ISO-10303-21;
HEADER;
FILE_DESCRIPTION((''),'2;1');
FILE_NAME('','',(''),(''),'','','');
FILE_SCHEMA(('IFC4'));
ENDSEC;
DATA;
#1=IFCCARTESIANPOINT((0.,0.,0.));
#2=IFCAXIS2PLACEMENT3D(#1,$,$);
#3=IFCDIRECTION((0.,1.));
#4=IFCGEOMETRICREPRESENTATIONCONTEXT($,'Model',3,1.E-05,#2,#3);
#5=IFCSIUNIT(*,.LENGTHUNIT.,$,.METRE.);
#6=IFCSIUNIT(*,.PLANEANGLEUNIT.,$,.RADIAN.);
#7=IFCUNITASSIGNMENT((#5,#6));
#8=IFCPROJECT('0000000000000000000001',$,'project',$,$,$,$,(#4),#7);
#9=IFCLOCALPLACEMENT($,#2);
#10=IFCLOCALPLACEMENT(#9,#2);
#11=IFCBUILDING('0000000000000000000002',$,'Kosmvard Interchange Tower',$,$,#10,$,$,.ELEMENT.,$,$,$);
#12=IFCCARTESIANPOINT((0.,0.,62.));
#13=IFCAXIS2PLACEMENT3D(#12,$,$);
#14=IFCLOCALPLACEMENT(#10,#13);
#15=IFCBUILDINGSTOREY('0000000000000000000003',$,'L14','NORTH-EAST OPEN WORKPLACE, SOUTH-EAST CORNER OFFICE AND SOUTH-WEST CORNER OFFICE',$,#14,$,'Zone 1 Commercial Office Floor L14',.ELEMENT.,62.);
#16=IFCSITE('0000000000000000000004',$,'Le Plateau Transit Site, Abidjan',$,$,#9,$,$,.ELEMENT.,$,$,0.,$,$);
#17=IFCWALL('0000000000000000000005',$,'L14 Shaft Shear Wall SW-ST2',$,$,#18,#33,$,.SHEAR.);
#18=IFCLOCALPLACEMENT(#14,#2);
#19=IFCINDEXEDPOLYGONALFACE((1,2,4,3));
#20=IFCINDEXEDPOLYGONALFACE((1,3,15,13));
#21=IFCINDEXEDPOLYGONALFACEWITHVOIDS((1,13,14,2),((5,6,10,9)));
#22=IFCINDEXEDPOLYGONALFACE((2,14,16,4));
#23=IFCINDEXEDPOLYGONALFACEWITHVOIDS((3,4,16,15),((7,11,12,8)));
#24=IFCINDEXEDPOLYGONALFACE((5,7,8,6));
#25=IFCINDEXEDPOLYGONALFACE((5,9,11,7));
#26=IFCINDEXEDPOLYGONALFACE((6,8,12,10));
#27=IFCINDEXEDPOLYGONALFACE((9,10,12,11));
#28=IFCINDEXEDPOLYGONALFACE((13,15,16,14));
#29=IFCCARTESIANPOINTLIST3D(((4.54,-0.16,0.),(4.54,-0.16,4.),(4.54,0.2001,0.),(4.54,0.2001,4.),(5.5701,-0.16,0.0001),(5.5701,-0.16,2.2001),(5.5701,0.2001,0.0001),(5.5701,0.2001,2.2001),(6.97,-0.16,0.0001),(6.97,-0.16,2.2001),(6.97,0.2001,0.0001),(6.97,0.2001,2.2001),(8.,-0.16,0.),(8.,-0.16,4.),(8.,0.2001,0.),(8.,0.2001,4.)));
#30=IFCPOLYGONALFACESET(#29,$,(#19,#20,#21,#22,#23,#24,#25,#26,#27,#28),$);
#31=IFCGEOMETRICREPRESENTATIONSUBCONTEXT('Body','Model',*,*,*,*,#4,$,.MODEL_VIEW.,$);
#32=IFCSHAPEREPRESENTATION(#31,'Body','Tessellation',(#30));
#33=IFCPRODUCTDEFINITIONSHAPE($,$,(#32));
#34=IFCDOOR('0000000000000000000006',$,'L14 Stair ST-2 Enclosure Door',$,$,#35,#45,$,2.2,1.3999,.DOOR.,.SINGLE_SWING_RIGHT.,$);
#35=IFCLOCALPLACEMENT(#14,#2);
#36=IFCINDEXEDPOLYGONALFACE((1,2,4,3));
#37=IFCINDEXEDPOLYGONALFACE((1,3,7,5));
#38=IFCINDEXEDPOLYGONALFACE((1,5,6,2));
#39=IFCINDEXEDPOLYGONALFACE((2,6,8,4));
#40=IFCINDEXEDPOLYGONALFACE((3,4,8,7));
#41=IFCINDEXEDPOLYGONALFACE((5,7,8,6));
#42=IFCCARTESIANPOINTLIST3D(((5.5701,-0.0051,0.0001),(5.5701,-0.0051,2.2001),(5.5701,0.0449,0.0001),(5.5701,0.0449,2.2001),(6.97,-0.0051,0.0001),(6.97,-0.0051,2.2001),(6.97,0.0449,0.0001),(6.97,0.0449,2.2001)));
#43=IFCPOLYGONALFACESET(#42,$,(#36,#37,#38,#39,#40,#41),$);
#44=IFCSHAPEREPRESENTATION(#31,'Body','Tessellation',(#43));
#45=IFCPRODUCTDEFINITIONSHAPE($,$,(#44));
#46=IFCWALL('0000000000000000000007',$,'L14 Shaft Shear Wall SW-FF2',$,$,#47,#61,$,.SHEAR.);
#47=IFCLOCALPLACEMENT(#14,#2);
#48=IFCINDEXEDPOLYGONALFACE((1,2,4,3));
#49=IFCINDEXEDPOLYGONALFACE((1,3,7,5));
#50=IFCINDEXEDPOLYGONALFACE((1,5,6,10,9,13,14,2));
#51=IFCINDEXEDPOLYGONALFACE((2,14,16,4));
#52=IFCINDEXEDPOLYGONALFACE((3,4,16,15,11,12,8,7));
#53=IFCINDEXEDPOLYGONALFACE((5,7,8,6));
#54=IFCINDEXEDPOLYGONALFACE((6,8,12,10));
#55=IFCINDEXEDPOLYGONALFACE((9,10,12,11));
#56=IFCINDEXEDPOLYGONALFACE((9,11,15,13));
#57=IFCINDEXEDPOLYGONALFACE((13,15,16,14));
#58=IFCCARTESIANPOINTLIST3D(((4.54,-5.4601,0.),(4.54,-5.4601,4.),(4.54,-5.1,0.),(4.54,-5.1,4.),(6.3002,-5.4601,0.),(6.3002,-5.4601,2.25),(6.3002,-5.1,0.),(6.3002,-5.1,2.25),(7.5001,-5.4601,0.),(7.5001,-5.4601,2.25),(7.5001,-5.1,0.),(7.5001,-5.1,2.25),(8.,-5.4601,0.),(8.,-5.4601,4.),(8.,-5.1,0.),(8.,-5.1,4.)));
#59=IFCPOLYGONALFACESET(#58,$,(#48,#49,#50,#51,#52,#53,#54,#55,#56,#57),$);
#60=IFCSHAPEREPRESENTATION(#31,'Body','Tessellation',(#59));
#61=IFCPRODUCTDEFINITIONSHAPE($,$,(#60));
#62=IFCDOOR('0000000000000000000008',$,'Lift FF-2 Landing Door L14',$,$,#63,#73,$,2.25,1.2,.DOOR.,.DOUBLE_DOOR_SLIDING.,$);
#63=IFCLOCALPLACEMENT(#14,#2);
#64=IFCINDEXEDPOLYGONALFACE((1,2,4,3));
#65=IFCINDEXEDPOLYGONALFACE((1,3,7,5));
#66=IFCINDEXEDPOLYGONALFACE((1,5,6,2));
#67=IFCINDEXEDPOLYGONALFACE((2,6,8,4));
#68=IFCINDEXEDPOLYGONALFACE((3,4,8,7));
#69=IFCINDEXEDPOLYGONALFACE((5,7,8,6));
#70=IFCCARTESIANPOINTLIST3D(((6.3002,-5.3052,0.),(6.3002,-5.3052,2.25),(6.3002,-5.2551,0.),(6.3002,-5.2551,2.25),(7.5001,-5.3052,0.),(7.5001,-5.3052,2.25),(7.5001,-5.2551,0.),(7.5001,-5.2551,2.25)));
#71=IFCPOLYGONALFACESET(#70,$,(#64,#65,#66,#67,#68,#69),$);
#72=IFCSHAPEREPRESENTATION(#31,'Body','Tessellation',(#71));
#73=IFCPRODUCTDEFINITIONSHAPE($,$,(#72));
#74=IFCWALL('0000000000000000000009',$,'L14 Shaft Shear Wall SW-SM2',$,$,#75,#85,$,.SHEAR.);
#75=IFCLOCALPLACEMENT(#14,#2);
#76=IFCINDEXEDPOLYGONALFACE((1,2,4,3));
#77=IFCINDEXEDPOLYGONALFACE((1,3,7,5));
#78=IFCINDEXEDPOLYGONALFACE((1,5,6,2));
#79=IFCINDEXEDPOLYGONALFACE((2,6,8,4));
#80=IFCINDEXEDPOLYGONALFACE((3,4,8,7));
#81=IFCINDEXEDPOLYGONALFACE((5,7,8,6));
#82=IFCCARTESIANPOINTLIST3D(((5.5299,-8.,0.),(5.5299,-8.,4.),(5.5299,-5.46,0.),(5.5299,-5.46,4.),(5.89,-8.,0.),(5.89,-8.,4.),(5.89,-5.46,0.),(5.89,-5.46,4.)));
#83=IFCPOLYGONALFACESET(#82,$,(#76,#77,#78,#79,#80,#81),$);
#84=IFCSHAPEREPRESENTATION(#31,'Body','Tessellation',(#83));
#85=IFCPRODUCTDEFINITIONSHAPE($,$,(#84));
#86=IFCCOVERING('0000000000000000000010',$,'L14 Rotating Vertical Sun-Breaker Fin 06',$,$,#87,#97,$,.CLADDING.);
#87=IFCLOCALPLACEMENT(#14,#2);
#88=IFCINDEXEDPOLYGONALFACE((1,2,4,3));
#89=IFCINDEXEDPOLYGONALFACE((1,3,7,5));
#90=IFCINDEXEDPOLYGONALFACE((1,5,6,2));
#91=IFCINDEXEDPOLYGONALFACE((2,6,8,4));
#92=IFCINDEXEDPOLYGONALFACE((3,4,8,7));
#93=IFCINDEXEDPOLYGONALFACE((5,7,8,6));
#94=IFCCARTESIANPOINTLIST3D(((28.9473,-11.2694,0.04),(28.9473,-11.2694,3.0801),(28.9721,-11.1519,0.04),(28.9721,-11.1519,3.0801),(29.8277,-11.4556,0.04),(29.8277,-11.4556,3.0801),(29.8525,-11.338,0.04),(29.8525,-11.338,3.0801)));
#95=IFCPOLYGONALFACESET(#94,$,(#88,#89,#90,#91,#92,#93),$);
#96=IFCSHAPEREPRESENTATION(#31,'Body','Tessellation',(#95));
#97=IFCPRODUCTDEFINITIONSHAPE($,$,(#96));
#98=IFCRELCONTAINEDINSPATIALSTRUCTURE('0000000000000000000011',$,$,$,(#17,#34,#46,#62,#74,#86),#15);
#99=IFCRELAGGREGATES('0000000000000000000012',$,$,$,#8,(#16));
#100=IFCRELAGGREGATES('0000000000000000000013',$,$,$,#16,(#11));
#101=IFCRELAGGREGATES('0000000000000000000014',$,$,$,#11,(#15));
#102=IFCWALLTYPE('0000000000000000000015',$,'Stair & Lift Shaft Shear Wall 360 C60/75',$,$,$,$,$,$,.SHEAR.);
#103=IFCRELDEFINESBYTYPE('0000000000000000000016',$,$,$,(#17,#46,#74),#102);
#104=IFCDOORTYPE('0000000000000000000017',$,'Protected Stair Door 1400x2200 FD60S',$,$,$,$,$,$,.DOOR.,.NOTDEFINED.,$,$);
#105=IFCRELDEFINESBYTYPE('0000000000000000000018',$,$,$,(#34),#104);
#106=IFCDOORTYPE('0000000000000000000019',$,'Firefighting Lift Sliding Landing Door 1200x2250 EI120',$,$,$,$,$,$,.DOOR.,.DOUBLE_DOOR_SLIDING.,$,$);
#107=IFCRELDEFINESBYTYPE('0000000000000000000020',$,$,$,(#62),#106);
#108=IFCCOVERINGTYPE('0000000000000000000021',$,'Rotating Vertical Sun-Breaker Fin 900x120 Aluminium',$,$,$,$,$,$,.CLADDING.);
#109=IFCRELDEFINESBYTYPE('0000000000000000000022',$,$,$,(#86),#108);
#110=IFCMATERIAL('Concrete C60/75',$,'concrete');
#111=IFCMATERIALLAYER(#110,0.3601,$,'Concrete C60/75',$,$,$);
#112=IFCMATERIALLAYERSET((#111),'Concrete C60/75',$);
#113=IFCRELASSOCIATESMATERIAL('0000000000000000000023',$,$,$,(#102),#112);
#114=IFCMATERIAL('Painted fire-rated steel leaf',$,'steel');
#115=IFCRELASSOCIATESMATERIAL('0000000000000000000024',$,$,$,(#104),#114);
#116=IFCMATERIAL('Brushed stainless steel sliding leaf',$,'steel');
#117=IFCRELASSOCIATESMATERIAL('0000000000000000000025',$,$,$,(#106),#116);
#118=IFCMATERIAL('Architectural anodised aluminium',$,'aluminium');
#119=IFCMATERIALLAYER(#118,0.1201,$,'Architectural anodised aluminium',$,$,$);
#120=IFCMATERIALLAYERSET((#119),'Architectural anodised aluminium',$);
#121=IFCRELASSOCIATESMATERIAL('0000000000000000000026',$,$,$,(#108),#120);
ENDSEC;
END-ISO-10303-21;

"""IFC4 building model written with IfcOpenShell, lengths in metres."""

from ifc_helpers import new_model, si_unit, direction, frame, frame_2d, origin, origin_2d, place, context, subcontext, project, spatial, rectangle, extrude, source, transform, mapped, material, layer, layer_set, type_object, element, fill, save


model = new_model("IFC4")

# Units and contexts
model_context = context("Model", 3, precision=1e-05, world=origin(), true_north=direction((0.0, 1.0)))
body_context = subcontext(model_context, "Body", "Model", "MODEL_VIEW")
ifc_project = project(units=[si_unit("LENGTHUNIT", "METRE"), si_unit("PLANEANGLEUNIT", "RADIAN")], contexts=[model_context])

# Site, building, storey
site_placement = place(None, origin())
site = spatial("IfcSite", under=ifc_project, at=site_placement, Name="Le Plateau Transit Site, Abidjan", CompositionType="ELEMENT", RefElevation=0.0)
building_placement = place(site_placement, origin())
building = spatial("IfcBuilding", under=site, at=building_placement, Name="Kosmvard Interchange Tower", CompositionType="ELEMENT")
storey_placement = place(building_placement, frame((0.0, 0.0, 62.0)))
storey = spatial("IfcBuildingStorey", under=building, at=storey_placement, Name="L14", Description="NORTH-EAST OPEN WORKPLACE, SOUTH-EAST CORNER OFFICE AND SOUTH-WEST CORNER OFFICE", LongName="Zone 1 Commercial Office Floor L14", CompositionType="ELEMENT", Elevation=62.0)

# Shared definitions
ifc_material_1 = material(Name="Concrete C60/75", Category="concrete")

# Shared definitions
ifc_material_2 = material(Name="Brushed stainless steel sliding leaf", Category="steel")

# Shared definitions
ifc_material_3 = material(Name="Painted fire-rated steel leaf", Category="steel")

# Shared definitions
ifc_layer_1 = layer(ifc_material_1, 0.3601, Name="Concrete C60/75")
ifc_layer_set_1 = layer_set([ifc_layer_1], Name="Concrete C60/75")
wall_type_1 = type_object("IfcWallType", Name="Stair & Lift Shaft Shear Wall 360 C60/75", PredefinedType="SHEAR", material=ifc_layer_set_1)

# Walls, openings, doors
wall_1_placement = place(storey_placement, frame((4.54, 0.02, 0.0), z_axis=(0.0, 0.0, 1.0), x_axis=(1.0, 0.0, 0.0)))
wall_1 = element("IfcWall", 1, at=wall_1_placement, inside=storey, type_object=wall_type_1, Name="L14 Shaft Shear Wall SW-ST2", PredefinedType="SHEAR", context=body_context, shape_type="SweptSolid", body=[
    extrude(rectangle(XDim=3.46, YDim=0.3601, at=frame_2d((1.73, 0.0))), origin(), (0.0, 0.0, 1.0), 4.0),
])
opening_1_placement = place(wall_1_placement, frame((1.03, 0.0, 0.0)))
opening_1 = element("IfcOpeningElement", 2, at=opening_1_placement, cuts=wall_1, PredefinedType="OPENING", context=body_context, shape_type="SweptSolid", body=[
    extrude(rectangle(XDim=1.3999, YDim=2.2, at=frame_2d((0.7, 1.1001))), frame((0.0, 0.1899, 0.0), z_axis=(0.0, -1.0, 0.0), x_axis=(1.0, 0.0, 0.0)), (0.0, 0.0, 1.0), 0.3801),
])
door_type_1 = type_object("IfcDoorType", Name="Protected Stair Door 1400x2200 FD60S", OperationType="NOTDEFINED", PredefinedType="DOOR", material=ifc_material_3)
shared_shape_1 = source(origin(), body_context, "Body", "SweptSolid", [
    extrude(rectangle(XDim=1.3999, YDim=2.2, at=frame_2d((0.7, 1.1001))), frame((0.0, 0.0249, 0.0), z_axis=(0.0, -1.0, 0.0), x_axis=(1.0, 0.0, 0.0)), (0.0, 0.0, 1.0), 0.05),
])
door_1_placement = place(opening_1_placement, origin())
door_1 = element("IfcDoor", 3, at=door_1_placement, inside=storey, type_object=door_type_1, Name="L14 Stair ST-2 Enclosure Door", OperationType="SINGLE_SWING_RIGHT", OverallHeight=2.2, OverallWidth=1.3999, PredefinedType="DOOR", context=body_context, shape_type="MappedRepresentation", body=[
    mapped(shared_shape_1, transform((0.0, 0.0, 0.0), scale=1.0)),
])
fill(opening_1, door_1)
wall_2_placement = place(storey_placement, frame((4.54, -5.28, 0.0), z_axis=(0.0, 0.0, 1.0), x_axis=(1.0, 0.0, 0.0)))
wall_2 = element("IfcWall", 4, at=wall_2_placement, inside=storey, type_object=wall_type_1, Name="L14 Shaft Shear Wall SW-FF2", PredefinedType="SHEAR", context=body_context, shape_type="SweptSolid", body=[
    extrude(rectangle(XDim=3.46, YDim=0.3601, at=frame_2d((1.73, 0.0))), origin(), (0.0, 0.0, 1.0), 4.0),
])
opening_2_placement = place(wall_2_placement, frame((1.76, 0.0, 0.0)))
opening_2 = element("IfcOpeningElement", 5, at=opening_2_placement, cuts=wall_2, PredefinedType="OPENING", context=body_context, shape_type="SweptSolid", body=[
    extrude(rectangle(XDim=1.2, YDim=2.25, at=frame_2d((0.6001, 1.125))), frame((0.0, 0.1899, 0.0), z_axis=(0.0, -1.0, 0.0), x_axis=(1.0, 0.0, 0.0)), (0.0, 0.0, 1.0), 0.3801),
])
door_type_2 = type_object("IfcDoorType", Name="Firefighting Lift Sliding Landing Door 1200x2250 EI120", OperationType="DOUBLE_DOOR_SLIDING", PredefinedType="DOOR", material=ifc_material_2)
shared_shape_2 = source(origin(), body_context, "Body", "SweptSolid", [
    extrude(rectangle(XDim=1.2, YDim=2.25, at=frame_2d((0.6001, 1.125))), frame((0.0, 0.0249, 0.0), z_axis=(0.0, -1.0, 0.0), x_axis=(1.0, 0.0, 0.0)), (0.0, 0.0, 1.0), 0.05),
])
door_2_placement = place(opening_2_placement, origin())
door_2 = element("IfcDoor", 6, at=door_2_placement, inside=storey, type_object=door_type_2, Name="Lift FF-2 Landing Door L14", OperationType="DOUBLE_DOOR_SLIDING", OverallHeight=2.25, OverallWidth=1.2, PredefinedType="DOOR", context=body_context, shape_type="MappedRepresentation", body=[
    mapped(shared_shape_2, transform((0.0, 0.0, 0.0), scale=1.0)),
])
fill(opening_2, door_2)

# Wall
wall_3_placement = place(storey_placement, frame((5.71, -8.0, 0.0), z_axis=(0.0, 0.0, 1.0), x_axis=(0.0, 1.0, 0.0)))
element("IfcWall", 7, at=wall_3_placement, inside=storey, type_object=wall_type_1, Name="L14 Shaft Shear Wall SW-SM2", PredefinedType="SHEAR", context=body_context, shape_type="SweptSolid", body=[
    extrude(rectangle(XDim=2.54, YDim=0.3601, at=frame_2d((1.27, 0.0))), origin(), (0.0, 0.0, 1.0), 4.0),
])

# Covering
ifc_material_4 = material(Name="Architectural anodised aluminium", Category="aluminium")
ifc_layer_2 = layer(ifc_material_4, 0.1201, Name="Architectural anodised aluminium")
ifc_layer_set_2 = layer_set([ifc_layer_2], Name="Architectural anodised aluminium")
covering_type = type_object("IfcCoveringType", Name="Rotating Vertical Sun-Breaker Fin 900x120 Aluminium", PredefinedType="CLADDING", material=ifc_layer_set_2)
shared_shape_3 = source(origin(), body_context, "Body", "SweptSolid", [
    extrude(rectangle(XDim=0.8999, YDim=0.1201, at=origin_2d()), origin(), (0.0, 0.0, 1.0), 3.04),
])
covering_placement = place(storey_placement, frame((29.3999, -11.3037, 0.04), z_axis=(0.0, 0.0, 1.0), x_axis=(0.978365, -0.206887, 0.0)))
element("IfcCovering", 8, at=covering_placement, inside=storey, type_object=covering_type, Name="L14 Rotating Vertical Sun-Breaker Fin 06", PredefinedType="CLADDING", context=body_context, shape_type="MappedRepresentation", body=[
    mapped(shared_shape_3, transform((0.0, 0.0, 0.0), scale=1.0)),
])

save(model, "model.ifc")
